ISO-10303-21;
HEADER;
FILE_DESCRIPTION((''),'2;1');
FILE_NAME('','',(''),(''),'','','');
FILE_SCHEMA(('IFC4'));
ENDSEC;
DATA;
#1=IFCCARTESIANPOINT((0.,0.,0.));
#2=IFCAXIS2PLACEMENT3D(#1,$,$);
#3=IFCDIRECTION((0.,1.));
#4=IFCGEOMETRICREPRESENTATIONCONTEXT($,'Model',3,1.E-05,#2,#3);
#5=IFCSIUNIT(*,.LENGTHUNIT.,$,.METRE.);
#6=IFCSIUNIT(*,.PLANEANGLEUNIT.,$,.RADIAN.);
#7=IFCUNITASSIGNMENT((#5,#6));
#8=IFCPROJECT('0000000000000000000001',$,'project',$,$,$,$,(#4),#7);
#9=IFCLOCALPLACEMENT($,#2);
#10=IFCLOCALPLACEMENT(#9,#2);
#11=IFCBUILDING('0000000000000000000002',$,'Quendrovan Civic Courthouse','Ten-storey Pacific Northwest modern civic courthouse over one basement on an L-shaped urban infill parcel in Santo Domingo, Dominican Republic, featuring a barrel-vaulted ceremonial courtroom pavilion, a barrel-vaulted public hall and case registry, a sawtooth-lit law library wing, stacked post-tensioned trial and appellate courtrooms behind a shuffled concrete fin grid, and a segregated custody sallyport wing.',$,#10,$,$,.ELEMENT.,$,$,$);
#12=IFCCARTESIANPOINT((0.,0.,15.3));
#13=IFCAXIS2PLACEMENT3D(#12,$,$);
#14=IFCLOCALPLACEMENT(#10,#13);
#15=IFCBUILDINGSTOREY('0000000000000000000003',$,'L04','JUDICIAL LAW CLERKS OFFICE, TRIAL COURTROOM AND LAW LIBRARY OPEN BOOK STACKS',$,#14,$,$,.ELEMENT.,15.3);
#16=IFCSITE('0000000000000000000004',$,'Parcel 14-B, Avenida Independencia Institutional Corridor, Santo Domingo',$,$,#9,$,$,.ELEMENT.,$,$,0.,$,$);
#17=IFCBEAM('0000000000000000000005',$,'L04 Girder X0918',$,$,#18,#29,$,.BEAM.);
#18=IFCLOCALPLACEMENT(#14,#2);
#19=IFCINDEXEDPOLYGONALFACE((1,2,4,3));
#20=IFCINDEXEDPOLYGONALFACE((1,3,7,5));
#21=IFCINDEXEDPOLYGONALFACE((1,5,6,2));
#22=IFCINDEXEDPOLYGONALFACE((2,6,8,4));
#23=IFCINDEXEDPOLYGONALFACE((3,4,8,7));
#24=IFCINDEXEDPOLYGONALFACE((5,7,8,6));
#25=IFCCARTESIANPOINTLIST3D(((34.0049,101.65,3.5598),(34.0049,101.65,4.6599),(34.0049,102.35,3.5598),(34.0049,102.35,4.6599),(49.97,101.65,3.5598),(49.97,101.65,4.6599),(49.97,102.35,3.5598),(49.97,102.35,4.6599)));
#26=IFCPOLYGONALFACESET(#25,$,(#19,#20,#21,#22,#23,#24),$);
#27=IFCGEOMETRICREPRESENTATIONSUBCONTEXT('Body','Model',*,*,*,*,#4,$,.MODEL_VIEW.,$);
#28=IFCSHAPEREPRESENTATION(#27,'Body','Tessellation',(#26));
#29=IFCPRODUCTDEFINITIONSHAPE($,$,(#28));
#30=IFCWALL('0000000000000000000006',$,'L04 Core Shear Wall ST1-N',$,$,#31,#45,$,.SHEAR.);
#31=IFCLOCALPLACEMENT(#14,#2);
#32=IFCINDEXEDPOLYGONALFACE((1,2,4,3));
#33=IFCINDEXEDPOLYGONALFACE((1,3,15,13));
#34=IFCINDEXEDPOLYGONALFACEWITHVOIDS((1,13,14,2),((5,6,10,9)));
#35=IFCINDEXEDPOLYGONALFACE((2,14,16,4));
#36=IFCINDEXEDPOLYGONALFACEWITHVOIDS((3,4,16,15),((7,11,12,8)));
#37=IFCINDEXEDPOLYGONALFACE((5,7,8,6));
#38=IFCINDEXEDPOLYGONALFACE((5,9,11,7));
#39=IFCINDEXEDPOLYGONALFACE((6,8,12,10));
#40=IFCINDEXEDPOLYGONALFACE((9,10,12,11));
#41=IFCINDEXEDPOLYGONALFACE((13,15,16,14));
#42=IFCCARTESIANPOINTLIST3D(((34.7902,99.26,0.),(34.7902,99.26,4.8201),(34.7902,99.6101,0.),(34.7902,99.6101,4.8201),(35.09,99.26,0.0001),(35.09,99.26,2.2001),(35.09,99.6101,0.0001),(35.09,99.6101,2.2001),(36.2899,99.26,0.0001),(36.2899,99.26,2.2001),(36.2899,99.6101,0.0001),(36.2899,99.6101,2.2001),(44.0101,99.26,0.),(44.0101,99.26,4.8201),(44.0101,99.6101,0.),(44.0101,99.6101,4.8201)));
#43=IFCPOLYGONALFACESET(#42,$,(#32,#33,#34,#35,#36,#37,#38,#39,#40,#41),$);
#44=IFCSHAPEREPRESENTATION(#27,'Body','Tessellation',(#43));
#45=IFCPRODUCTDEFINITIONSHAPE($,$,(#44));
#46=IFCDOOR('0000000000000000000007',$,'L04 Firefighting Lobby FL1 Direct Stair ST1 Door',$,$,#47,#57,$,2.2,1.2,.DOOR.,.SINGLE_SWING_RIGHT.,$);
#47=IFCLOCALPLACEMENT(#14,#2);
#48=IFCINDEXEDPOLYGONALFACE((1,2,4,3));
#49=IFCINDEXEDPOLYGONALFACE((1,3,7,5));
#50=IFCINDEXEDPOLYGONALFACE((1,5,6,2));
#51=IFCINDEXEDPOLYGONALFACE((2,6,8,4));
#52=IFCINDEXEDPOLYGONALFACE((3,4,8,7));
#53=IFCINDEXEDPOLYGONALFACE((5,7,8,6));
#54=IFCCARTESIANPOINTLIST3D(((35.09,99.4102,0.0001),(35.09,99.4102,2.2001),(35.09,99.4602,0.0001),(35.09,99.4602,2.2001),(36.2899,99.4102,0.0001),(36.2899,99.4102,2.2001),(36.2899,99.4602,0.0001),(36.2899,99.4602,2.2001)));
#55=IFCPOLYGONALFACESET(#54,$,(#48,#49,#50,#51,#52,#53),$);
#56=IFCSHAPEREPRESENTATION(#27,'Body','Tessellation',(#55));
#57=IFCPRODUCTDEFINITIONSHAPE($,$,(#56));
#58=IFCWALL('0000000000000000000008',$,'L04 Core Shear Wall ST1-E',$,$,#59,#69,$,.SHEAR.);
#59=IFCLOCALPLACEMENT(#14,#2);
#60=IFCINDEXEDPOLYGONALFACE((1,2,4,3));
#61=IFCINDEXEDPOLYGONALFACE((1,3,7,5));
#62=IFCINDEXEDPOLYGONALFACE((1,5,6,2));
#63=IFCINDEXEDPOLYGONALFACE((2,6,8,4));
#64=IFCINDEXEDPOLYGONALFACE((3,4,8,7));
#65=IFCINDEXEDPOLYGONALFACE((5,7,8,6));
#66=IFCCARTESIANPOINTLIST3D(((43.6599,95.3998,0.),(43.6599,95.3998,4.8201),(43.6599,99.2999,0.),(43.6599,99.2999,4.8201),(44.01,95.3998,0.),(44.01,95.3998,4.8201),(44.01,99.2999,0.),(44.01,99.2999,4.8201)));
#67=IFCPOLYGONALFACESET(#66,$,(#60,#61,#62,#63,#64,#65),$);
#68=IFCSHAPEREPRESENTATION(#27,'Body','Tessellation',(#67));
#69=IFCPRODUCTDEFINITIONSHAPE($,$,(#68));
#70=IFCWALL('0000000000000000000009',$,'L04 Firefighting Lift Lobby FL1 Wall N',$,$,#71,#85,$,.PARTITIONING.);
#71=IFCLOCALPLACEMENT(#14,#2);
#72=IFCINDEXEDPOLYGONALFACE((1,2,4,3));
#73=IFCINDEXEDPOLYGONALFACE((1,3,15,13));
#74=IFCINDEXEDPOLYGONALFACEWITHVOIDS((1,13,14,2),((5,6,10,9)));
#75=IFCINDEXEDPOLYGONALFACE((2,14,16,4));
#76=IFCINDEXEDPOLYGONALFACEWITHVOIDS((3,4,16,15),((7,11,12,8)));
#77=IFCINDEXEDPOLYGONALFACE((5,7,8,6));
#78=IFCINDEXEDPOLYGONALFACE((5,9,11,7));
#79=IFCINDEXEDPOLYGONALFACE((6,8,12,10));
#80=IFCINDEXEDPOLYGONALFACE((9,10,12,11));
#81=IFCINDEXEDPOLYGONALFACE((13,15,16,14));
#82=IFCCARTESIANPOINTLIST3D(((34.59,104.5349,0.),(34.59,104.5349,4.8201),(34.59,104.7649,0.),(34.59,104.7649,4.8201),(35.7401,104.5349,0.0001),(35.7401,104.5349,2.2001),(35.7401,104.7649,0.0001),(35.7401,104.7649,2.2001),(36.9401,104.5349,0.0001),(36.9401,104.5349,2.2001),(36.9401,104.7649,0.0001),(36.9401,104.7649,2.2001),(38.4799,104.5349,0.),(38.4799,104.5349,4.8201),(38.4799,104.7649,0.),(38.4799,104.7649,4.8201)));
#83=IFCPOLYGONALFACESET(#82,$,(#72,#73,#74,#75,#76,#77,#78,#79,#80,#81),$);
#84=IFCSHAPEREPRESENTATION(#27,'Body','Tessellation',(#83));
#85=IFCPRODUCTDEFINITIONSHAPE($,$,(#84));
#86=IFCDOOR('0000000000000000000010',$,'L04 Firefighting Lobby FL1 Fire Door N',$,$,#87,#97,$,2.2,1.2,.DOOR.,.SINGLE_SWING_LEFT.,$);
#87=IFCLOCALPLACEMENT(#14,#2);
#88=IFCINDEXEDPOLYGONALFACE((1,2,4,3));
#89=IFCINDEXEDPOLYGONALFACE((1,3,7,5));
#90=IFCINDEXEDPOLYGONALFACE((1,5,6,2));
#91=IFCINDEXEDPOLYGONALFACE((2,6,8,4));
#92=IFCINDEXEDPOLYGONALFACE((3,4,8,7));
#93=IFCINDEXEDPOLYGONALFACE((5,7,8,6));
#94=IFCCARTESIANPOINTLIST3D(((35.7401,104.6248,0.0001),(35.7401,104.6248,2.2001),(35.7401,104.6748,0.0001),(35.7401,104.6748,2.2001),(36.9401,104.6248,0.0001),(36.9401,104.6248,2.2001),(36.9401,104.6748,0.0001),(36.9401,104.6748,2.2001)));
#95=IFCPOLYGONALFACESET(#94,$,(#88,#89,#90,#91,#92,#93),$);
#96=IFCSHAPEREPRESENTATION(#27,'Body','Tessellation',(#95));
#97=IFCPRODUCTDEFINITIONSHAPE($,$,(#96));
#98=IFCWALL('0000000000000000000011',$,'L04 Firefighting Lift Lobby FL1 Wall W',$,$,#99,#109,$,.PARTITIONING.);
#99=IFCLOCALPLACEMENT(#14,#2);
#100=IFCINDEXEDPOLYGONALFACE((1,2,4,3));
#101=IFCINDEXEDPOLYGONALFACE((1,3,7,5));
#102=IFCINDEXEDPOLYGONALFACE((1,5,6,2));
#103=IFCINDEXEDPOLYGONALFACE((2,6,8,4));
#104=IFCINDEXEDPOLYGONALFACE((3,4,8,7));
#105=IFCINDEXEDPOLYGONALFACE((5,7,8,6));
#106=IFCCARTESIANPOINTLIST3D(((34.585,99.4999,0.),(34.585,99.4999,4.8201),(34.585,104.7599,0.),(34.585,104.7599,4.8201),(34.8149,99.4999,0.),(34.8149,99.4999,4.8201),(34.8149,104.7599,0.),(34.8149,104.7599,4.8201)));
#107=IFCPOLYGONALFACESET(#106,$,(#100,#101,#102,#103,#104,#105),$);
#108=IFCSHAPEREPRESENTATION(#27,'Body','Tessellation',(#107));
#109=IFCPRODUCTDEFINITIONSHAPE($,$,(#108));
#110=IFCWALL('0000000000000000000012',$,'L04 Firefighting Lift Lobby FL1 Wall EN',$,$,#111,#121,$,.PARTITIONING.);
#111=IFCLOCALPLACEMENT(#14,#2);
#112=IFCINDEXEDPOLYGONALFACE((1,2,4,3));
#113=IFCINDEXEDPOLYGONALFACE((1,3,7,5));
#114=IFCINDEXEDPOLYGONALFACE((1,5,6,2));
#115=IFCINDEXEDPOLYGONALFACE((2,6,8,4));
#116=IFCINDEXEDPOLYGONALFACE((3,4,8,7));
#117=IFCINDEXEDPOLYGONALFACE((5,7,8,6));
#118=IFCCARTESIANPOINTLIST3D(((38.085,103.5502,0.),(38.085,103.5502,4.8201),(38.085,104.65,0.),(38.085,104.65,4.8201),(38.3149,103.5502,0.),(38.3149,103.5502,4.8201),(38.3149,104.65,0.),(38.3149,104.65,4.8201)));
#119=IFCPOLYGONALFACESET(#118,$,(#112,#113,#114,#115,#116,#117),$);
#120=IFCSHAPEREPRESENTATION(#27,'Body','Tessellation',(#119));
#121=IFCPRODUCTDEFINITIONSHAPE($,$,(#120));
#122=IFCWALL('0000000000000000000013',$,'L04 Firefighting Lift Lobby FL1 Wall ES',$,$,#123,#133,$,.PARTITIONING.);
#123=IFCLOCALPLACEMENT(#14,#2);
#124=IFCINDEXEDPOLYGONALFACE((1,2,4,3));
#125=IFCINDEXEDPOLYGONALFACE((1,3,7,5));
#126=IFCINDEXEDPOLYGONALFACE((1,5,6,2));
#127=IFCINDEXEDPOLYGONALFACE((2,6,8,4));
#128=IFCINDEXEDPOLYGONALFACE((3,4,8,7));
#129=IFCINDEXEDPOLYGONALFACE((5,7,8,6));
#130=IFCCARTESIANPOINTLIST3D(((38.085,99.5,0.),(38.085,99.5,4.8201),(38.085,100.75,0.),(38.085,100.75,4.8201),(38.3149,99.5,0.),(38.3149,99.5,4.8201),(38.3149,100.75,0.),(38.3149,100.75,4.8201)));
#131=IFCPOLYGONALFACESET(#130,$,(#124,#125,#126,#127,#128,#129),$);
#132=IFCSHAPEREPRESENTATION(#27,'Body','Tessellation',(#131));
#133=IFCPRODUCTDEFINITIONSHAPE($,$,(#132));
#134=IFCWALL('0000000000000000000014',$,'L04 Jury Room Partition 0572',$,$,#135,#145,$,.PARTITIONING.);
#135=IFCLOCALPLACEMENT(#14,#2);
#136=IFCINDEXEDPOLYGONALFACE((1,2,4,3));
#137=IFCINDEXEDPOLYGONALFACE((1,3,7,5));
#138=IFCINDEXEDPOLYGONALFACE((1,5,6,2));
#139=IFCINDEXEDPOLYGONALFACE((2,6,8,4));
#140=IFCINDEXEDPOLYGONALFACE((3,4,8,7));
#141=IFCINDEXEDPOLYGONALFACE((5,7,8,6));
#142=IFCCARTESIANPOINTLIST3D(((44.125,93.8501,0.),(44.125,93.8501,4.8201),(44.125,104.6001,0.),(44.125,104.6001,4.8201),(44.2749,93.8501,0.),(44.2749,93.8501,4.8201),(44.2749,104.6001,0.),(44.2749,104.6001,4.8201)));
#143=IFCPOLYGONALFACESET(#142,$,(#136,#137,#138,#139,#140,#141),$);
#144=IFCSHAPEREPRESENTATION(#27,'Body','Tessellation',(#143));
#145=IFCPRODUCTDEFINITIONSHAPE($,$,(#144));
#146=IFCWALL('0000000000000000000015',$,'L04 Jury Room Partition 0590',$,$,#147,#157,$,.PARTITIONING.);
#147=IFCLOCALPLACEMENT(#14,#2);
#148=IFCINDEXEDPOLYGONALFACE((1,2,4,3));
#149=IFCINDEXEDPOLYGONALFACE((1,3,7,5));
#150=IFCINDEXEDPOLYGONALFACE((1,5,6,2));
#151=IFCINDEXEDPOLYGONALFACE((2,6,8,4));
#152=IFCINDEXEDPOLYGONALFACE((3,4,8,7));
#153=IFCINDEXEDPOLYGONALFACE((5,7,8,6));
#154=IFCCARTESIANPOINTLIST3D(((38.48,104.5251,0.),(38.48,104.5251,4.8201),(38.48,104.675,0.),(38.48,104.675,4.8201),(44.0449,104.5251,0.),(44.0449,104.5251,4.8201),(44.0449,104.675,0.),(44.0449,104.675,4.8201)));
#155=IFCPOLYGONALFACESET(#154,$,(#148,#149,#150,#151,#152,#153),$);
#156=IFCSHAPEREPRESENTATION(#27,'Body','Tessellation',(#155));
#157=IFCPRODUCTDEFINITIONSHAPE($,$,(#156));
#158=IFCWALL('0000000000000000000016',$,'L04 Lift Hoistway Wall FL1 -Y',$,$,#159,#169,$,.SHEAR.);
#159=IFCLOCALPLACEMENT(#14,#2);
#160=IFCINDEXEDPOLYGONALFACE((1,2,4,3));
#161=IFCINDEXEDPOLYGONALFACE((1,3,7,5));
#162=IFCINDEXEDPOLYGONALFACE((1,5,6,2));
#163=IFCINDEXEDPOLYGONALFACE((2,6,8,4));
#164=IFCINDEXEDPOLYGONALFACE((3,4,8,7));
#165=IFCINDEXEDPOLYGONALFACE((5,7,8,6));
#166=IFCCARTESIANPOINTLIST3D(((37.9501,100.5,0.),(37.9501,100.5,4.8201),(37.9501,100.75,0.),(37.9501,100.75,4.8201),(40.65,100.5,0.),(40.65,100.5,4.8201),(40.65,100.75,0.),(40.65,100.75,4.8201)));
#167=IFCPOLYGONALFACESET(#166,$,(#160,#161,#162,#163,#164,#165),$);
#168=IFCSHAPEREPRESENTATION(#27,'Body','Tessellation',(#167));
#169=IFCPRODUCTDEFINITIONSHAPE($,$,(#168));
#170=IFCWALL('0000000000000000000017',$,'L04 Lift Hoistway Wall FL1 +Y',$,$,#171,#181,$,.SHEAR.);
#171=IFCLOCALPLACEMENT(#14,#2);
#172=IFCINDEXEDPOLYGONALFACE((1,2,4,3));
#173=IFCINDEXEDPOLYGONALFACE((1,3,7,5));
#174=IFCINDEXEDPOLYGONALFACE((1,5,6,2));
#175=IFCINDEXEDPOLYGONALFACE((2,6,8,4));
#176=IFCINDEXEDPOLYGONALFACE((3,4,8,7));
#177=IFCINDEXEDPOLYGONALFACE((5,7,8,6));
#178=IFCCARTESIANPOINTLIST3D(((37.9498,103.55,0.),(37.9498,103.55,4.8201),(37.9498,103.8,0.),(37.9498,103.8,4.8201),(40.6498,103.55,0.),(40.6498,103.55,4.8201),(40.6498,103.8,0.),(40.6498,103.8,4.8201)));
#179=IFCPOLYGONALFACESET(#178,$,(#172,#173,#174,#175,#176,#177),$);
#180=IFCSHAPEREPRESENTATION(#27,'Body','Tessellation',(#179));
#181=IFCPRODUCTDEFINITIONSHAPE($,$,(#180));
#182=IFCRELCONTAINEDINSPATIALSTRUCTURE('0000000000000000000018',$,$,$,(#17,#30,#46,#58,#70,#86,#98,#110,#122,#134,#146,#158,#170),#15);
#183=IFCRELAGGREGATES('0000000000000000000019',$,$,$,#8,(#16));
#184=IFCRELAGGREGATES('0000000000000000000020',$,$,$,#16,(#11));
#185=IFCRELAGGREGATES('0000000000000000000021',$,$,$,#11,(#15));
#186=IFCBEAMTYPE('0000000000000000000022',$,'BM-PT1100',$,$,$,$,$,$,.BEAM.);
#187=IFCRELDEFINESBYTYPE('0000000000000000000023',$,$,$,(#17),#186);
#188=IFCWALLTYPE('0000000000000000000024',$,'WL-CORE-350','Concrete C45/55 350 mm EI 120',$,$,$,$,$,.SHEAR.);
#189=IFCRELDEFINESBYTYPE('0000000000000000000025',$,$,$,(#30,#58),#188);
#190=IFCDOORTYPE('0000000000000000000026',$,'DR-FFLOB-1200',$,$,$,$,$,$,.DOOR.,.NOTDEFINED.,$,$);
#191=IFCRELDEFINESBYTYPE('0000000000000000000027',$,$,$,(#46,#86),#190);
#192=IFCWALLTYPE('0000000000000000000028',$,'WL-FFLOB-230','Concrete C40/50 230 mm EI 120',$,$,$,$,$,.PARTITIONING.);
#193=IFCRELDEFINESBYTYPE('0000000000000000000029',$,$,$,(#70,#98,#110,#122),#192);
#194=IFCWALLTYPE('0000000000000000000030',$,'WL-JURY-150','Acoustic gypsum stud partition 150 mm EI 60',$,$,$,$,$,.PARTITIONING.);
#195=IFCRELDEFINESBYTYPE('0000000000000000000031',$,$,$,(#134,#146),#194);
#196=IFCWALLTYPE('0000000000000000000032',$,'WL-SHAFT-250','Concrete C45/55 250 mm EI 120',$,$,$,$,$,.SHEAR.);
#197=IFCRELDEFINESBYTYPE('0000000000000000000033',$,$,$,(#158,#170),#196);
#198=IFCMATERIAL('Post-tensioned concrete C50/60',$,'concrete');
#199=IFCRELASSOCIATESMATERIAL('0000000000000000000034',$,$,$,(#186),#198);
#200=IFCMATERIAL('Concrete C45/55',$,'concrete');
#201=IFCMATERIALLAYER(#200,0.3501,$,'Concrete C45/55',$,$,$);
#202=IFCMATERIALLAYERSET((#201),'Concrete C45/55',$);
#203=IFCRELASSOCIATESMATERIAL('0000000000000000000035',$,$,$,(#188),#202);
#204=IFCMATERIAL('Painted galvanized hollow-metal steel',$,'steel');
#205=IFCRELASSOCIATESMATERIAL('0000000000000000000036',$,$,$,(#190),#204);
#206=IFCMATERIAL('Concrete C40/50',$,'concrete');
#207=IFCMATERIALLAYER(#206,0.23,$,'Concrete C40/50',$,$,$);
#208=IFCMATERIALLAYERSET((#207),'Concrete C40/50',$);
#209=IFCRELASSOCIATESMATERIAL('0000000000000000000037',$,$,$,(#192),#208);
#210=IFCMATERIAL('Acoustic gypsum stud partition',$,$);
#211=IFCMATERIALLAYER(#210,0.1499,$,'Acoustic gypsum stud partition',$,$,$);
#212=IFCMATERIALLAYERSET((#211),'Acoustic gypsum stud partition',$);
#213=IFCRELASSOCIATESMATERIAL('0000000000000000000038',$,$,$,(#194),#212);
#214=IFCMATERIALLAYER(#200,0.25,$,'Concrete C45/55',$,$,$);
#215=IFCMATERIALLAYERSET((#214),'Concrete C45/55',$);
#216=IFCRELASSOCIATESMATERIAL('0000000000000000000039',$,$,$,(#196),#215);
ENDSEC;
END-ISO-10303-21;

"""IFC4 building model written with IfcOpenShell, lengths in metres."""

from ifc_helpers import new_model, si_unit, direction, frame, frame_2d, origin, origin_2d, place, context, subcontext, project, spatial, rectangle, extrude, material, layer, layer_set, material_profile, profile_set, type_object, element, fill, save


model = new_model("IFC4")

# Units and contexts
model_context = context("Model", 3, precision=1e-05, world=origin(), true_north=direction((0.0, 1.0)))
body_context = subcontext(model_context, "Body", "Model", "MODEL_VIEW")
ifc_project = project(units=[si_unit("LENGTHUNIT", "METRE"), si_unit("PLANEANGLEUNIT", "RADIAN")], contexts=[model_context])

# Site, building, storey
site_placement = place(None, origin())
site = spatial("IfcSite", under=ifc_project, at=site_placement, Name="Parcel 14-B, Avenida Independencia Institutional Corridor, Santo Domingo", CompositionType="ELEMENT", RefElevation=0.0)
building_placement = place(site_placement, origin())
building = spatial("IfcBuilding", under=site, at=building_placement, Name="Quendrovan Civic Courthouse", Description="Ten-storey Pacific Northwest modern civic courthouse over one basement on an L-shaped urban infill parcel in Santo Domingo, Dominican Republic, featuring a barrel-vaulted ceremonial courtroom pavilion, a barrel-vaulted public hall and case registry, a sawtooth-lit law library wing, stacked post-tensioned trial and appellate courtrooms behind a shuffled concrete fin grid, and a segregated custody sallyport wing.", CompositionType="ELEMENT")
storey_placement = place(building_placement, frame((0.0, 0.0, 15.3)))
storey = spatial("IfcBuildingStorey", under=building, at=storey_placement, Name="L04", Description="JUDICIAL LAW CLERKS OFFICE, TRIAL COURTROOM AND LAW LIBRARY OPEN BOOK STACKS", CompositionType="ELEMENT", Elevation=15.3)

# Beam
ifc_material_1 = material(Name="Post-tensioned concrete C50/60", Category="concrete")
ifc_material_profile = material_profile(ifc_material_1, rectangle(XDim=0.7, YDim=1.1001, at=origin_2d()), Name="PT-GIRD-700x1100")
ifc_profile_set = profile_set([ifc_material_profile], Name="Post-tensioned concrete C50/60")
beam_type = type_object("IfcBeamType", Name="BM-PT1100", PredefinedType="BEAM", material=ifc_profile_set)
beam_placement = place(storey_placement, frame((34.0049, 102.0, 4.1099), z_axis=(1.0, 0.0, 0.0), x_axis=(0.0, 1.0, 0.0)))
element("IfcBeam", 1, at=beam_placement, inside=storey, type_object=beam_type, Name="L04 Girder X0918", PredefinedType="BEAM", context=body_context, shape_type="SweptSolid", body=[
    extrude(rectangle(XDim=0.7, YDim=1.1001, at=origin_2d()), origin(), (0.0, 0.0, 1.0), 15.9651),
])

# Wall, opening, door
ifc_material_2 = material(Name="Concrete C45/55", Category="concrete")
ifc_layer_1 = layer(ifc_material_2, 0.3501, Name="Concrete C45/55")
ifc_layer_set_1 = layer_set([ifc_layer_1], Name="Concrete C45/55")
wall_type_1 = type_object("IfcWallType", Name="WL-CORE-350", Description="Concrete C45/55 350 mm EI 120", PredefinedType="SHEAR", material=ifc_layer_set_1)
wall_1_placement = place(storey_placement, frame((44.01, 99.4351, 0.0), z_axis=(0.0, 0.0, 1.0), x_axis=(-1.0, 0.0, 0.0)))
wall_1 = element("IfcWall", 2, at=wall_1_placement, inside=storey, type_object=wall_type_1, Name="L04 Core Shear Wall ST1-N", PredefinedType="SHEAR", context=body_context, shape_type="SweptSolid", body=[
    extrude(rectangle(XDim=9.22, YDim=0.3501, at=frame_2d((4.6099, 0.0))), origin(), (0.0, 0.0, 1.0), 4.8201),
])
opening_1_placement = place(wall_1_placement, frame((7.72, 0.0, 0.0)))
opening_1 = element("IfcOpeningElement", 3, at=opening_1_placement, cuts=wall_1, PredefinedType="OPENING", context=body_context, shape_type="SweptSolid", body=[
    extrude(rectangle(XDim=1.2, YDim=2.2, at=frame_2d((0.6001, 1.1001))), frame((0.0, 0.1851, 0.0), z_axis=(0.0, -1.0, 0.0), x_axis=(1.0, 0.0, 0.0)), (0.0, 0.0, 1.0), 0.3701),
])
ifc_material_3 = material(Name="Painted galvanized hollow-metal steel", Category="steel")
door_type_1 = type_object("IfcDoorType", Name="DR-FFLOB-1200", OperationType="NOTDEFINED", PredefinedType="DOOR", material=ifc_material_3)
door_1_placement = place(opening_1_placement, origin())
door_1 = element("IfcDoor", 4, at=door_1_placement, inside=storey, type_object=door_type_1, Name="L04 Firefighting Lobby FL1 Direct Stair ST1 Door", OperationType="SINGLE_SWING_RIGHT", OverallHeight=2.2, OverallWidth=1.2, PredefinedType="DOOR", context=body_context, shape_type="SweptSolid", body=[
    extrude(rectangle(XDim=1.2, YDim=2.2, at=frame_2d((0.6001, 1.1001))), frame((0.0, 0.0249, 0.0), z_axis=(0.0, -1.0, 0.0), x_axis=(1.0, 0.0, 0.0)), (0.0, 0.0, 1.0), 0.05),
])
fill(opening_1, door_1)

# Wall
wall_2_placement = place(storey_placement, frame((43.835, 99.3, 0.0), z_axis=(0.0, 0.0, 1.0), x_axis=(0.0, -1.0, 0.0)))
element("IfcWall", 5, at=wall_2_placement, inside=storey, type_object=wall_type_1, Name="L04 Core Shear Wall ST1-E", PredefinedType="SHEAR", context=body_context, shape_type="SweptSolid", body=[
    extrude(rectangle(XDim=3.9001, YDim=0.3501, at=frame_2d((1.9502, 0.0))), origin(), (0.0, 0.0, 1.0), 4.8201),
])

# Wall, opening, door
ifc_material_4 = material(Name="Concrete C40/50", Category="concrete")
ifc_layer_2 = layer(ifc_material_4, 0.23, Name="Concrete C40/50")
ifc_layer_set_2 = layer_set([ifc_layer_2], Name="Concrete C40/50")
wall_type_2 = type_object("IfcWallType", Name="WL-FFLOB-230", Description="Concrete C40/50 230 mm EI 120", PredefinedType="PARTITIONING", material=ifc_layer_set_2)
wall_3_placement = place(storey_placement, frame((34.5901, 104.6499, 0.0), z_axis=(0.0, 0.0, 1.0), x_axis=(1.0, 0.0, 0.0)))
wall_3 = element("IfcWall", 6, at=wall_3_placement, inside=storey, type_object=wall_type_2, Name="L04 Firefighting Lift Lobby FL1 Wall N", PredefinedType="PARTITIONING", context=body_context, shape_type="SweptSolid", body=[
    extrude(rectangle(XDim=3.8899, YDim=0.23, at=frame_2d((1.9448, 0.0))), origin(), (0.0, 0.0, 1.0), 4.8201),
])
opening_2_placement = place(wall_3_placement, frame((1.1499, 0.0, 0.0)))
opening_2 = element("IfcOpeningElement", 7, at=opening_2_placement, cuts=wall_3, PredefinedType="OPENING", context=body_context, shape_type="SweptSolid", body=[
    extrude(rectangle(XDim=1.2, YDim=2.2, at=frame_2d((0.6001, 1.1001))), frame((0.0, 0.125, 0.0), z_axis=(0.0, -1.0, 0.0), x_axis=(1.0, 0.0, 0.0)), (0.0, 0.0, 1.0), 0.25),
])
door_2_placement = place(opening_2_placement, origin())
door_2 = element("IfcDoor", 8, at=door_2_placement, inside=storey, type_object=door_type_1, Name="L04 Firefighting Lobby FL1 Fire Door N", OperationType="SINGLE_SWING_LEFT", OverallHeight=2.2, OverallWidth=1.2, PredefinedType="DOOR", context=body_context, shape_type="SweptSolid", body=[
    extrude(rectangle(XDim=1.2, YDim=2.2, at=frame_2d((0.6001, 1.1001))), frame((0.0, 0.0249, 0.0), z_axis=(0.0, -1.0, 0.0), x_axis=(1.0, 0.0, 0.0)), (0.0, 0.0, 1.0), 0.05),
])
fill(opening_2, door_2)

# Walls
wall_4_placement = place(storey_placement, frame((34.7, 99.5, 0.0), z_axis=(0.0, 0.0, 1.0), x_axis=(0.0, 1.0, 0.0)))
element("IfcWall", 9, at=wall_4_placement, inside=storey, type_object=wall_type_2, Name="L04 Firefighting Lift Lobby FL1 Wall W", PredefinedType="PARTITIONING", context=body_context, shape_type="SweptSolid", body=[
    extrude(rectangle(XDim=5.26, YDim=0.23, at=frame_2d((2.6299, 0.0))), origin(), (0.0, 0.0, 1.0), 4.8201),
])
wall_5_placement = place(storey_placement, frame((38.2, 104.6499, 0.0), z_axis=(0.0, 0.0, 1.0), x_axis=(0.0, -1.0, 0.0)))
element("IfcWall", 10, at=wall_5_placement, inside=storey, type_object=wall_type_2, Name="L04 Firefighting Lift Lobby FL1 Wall EN", PredefinedType="PARTITIONING", context=body_context, shape_type="SweptSolid", body=[
    extrude(rectangle(XDim=1.0999, YDim=0.23, at=frame_2d((0.5498, 0.0))), origin(), (0.0, 0.0, 1.0), 4.8201),
])
wall_6_placement = place(storey_placement, frame((38.2, 100.75, 0.0), z_axis=(0.0, 0.0, 1.0), x_axis=(0.0, -1.0, 0.0)))
element("IfcWall", 11, at=wall_6_placement, inside=storey, type_object=wall_type_2, Name="L04 Firefighting Lift Lobby FL1 Wall ES", PredefinedType="PARTITIONING", context=body_context, shape_type="SweptSolid", body=[
    extrude(rectangle(XDim=1.25, YDim=0.23, at=frame_2d((0.625, 0.0))), origin(), (0.0, 0.0, 1.0), 4.8201),
])
ifc_material_5 = material(Name="Acoustic gypsum stud partition")
ifc_layer_3 = layer(ifc_material_5, 0.1499, Name="Acoustic gypsum stud partition")
ifc_layer_set_3 = layer_set([ifc_layer_3], Name="Acoustic gypsum stud partition")
wall_type_3 = type_object("IfcWallType", Name="WL-JURY-150", Description="Acoustic gypsum stud partition 150 mm EI 60", PredefinedType="PARTITIONING", material=ifc_layer_set_3)
wall_7_placement = place(storey_placement, frame((44.2, 104.6001, 0.0), z_axis=(0.0, 0.0, 1.0), x_axis=(0.0, -1.0, 0.0)))
element("IfcWall", 12, at=wall_7_placement, inside=storey, type_object=wall_type_3, Name="L04 Jury Room Partition 0572", PredefinedType="PARTITIONING", context=body_context, shape_type="SweptSolid", body=[
    extrude(rectangle(XDim=10.75, YDim=0.1499, at=frame_2d((5.375, 0.0))), origin(), (0.0, 0.0, 1.0), 4.8201),
])
wall_8_placement = place(storey_placement, frame((38.48, 104.6001, 0.0), z_axis=(0.0, 0.0, 1.0), x_axis=(1.0, 0.0, 0.0)))
element("IfcWall", 13, at=wall_8_placement, inside=storey, type_object=wall_type_3, Name="L04 Jury Room Partition 0590", PredefinedType="PARTITIONING", context=body_context, shape_type="SweptSolid", body=[
    extrude(rectangle(XDim=5.5649, YDim=0.1499, at=frame_2d((2.7825, 0.0))), origin(), (0.0, 0.0, 1.0), 4.8201),
])
ifc_layer_4 = layer(ifc_material_2, 0.25, Name="Concrete C45/55")
ifc_layer_set_4 = layer_set([ifc_layer_4], Name="Concrete C45/55")
wall_type_4 = type_object("IfcWallType", Name="WL-SHAFT-250", Description="Concrete C45/55 250 mm EI 120", PredefinedType="SHEAR", material=ifc_layer_set_4)
for number, where, z_axis, x_axis, name in (
    (14, (37.95, 100.625, 0.0), (0.0, 0.0, 1.0), (1.0, 0.0, 0.0), "L04 Lift Hoistway Wall FL1 -Y"),
    (15, (40.6499, 103.675, 0.0), (0.0, 0.0, 1.0), (-1.0, 0.0, 0.0), "L04 Lift Hoistway Wall FL1 +Y"),
):
    element("IfcWall", number, at=place(storey_placement, frame(where, z_axis=z_axis, x_axis=x_axis)), inside=storey, type_object=wall_type_4, Name=name, PredefinedType="SHEAR", context=body_context, shape_type="SweptSolid", body=[
        extrude(rectangle(XDim=2.7, YDim=0.25, at=frame_2d((1.3501, 0.0))), origin(), (0.0, 0.0, 1.0), 4.8201),
    ])

save(model, "model.ifc")
